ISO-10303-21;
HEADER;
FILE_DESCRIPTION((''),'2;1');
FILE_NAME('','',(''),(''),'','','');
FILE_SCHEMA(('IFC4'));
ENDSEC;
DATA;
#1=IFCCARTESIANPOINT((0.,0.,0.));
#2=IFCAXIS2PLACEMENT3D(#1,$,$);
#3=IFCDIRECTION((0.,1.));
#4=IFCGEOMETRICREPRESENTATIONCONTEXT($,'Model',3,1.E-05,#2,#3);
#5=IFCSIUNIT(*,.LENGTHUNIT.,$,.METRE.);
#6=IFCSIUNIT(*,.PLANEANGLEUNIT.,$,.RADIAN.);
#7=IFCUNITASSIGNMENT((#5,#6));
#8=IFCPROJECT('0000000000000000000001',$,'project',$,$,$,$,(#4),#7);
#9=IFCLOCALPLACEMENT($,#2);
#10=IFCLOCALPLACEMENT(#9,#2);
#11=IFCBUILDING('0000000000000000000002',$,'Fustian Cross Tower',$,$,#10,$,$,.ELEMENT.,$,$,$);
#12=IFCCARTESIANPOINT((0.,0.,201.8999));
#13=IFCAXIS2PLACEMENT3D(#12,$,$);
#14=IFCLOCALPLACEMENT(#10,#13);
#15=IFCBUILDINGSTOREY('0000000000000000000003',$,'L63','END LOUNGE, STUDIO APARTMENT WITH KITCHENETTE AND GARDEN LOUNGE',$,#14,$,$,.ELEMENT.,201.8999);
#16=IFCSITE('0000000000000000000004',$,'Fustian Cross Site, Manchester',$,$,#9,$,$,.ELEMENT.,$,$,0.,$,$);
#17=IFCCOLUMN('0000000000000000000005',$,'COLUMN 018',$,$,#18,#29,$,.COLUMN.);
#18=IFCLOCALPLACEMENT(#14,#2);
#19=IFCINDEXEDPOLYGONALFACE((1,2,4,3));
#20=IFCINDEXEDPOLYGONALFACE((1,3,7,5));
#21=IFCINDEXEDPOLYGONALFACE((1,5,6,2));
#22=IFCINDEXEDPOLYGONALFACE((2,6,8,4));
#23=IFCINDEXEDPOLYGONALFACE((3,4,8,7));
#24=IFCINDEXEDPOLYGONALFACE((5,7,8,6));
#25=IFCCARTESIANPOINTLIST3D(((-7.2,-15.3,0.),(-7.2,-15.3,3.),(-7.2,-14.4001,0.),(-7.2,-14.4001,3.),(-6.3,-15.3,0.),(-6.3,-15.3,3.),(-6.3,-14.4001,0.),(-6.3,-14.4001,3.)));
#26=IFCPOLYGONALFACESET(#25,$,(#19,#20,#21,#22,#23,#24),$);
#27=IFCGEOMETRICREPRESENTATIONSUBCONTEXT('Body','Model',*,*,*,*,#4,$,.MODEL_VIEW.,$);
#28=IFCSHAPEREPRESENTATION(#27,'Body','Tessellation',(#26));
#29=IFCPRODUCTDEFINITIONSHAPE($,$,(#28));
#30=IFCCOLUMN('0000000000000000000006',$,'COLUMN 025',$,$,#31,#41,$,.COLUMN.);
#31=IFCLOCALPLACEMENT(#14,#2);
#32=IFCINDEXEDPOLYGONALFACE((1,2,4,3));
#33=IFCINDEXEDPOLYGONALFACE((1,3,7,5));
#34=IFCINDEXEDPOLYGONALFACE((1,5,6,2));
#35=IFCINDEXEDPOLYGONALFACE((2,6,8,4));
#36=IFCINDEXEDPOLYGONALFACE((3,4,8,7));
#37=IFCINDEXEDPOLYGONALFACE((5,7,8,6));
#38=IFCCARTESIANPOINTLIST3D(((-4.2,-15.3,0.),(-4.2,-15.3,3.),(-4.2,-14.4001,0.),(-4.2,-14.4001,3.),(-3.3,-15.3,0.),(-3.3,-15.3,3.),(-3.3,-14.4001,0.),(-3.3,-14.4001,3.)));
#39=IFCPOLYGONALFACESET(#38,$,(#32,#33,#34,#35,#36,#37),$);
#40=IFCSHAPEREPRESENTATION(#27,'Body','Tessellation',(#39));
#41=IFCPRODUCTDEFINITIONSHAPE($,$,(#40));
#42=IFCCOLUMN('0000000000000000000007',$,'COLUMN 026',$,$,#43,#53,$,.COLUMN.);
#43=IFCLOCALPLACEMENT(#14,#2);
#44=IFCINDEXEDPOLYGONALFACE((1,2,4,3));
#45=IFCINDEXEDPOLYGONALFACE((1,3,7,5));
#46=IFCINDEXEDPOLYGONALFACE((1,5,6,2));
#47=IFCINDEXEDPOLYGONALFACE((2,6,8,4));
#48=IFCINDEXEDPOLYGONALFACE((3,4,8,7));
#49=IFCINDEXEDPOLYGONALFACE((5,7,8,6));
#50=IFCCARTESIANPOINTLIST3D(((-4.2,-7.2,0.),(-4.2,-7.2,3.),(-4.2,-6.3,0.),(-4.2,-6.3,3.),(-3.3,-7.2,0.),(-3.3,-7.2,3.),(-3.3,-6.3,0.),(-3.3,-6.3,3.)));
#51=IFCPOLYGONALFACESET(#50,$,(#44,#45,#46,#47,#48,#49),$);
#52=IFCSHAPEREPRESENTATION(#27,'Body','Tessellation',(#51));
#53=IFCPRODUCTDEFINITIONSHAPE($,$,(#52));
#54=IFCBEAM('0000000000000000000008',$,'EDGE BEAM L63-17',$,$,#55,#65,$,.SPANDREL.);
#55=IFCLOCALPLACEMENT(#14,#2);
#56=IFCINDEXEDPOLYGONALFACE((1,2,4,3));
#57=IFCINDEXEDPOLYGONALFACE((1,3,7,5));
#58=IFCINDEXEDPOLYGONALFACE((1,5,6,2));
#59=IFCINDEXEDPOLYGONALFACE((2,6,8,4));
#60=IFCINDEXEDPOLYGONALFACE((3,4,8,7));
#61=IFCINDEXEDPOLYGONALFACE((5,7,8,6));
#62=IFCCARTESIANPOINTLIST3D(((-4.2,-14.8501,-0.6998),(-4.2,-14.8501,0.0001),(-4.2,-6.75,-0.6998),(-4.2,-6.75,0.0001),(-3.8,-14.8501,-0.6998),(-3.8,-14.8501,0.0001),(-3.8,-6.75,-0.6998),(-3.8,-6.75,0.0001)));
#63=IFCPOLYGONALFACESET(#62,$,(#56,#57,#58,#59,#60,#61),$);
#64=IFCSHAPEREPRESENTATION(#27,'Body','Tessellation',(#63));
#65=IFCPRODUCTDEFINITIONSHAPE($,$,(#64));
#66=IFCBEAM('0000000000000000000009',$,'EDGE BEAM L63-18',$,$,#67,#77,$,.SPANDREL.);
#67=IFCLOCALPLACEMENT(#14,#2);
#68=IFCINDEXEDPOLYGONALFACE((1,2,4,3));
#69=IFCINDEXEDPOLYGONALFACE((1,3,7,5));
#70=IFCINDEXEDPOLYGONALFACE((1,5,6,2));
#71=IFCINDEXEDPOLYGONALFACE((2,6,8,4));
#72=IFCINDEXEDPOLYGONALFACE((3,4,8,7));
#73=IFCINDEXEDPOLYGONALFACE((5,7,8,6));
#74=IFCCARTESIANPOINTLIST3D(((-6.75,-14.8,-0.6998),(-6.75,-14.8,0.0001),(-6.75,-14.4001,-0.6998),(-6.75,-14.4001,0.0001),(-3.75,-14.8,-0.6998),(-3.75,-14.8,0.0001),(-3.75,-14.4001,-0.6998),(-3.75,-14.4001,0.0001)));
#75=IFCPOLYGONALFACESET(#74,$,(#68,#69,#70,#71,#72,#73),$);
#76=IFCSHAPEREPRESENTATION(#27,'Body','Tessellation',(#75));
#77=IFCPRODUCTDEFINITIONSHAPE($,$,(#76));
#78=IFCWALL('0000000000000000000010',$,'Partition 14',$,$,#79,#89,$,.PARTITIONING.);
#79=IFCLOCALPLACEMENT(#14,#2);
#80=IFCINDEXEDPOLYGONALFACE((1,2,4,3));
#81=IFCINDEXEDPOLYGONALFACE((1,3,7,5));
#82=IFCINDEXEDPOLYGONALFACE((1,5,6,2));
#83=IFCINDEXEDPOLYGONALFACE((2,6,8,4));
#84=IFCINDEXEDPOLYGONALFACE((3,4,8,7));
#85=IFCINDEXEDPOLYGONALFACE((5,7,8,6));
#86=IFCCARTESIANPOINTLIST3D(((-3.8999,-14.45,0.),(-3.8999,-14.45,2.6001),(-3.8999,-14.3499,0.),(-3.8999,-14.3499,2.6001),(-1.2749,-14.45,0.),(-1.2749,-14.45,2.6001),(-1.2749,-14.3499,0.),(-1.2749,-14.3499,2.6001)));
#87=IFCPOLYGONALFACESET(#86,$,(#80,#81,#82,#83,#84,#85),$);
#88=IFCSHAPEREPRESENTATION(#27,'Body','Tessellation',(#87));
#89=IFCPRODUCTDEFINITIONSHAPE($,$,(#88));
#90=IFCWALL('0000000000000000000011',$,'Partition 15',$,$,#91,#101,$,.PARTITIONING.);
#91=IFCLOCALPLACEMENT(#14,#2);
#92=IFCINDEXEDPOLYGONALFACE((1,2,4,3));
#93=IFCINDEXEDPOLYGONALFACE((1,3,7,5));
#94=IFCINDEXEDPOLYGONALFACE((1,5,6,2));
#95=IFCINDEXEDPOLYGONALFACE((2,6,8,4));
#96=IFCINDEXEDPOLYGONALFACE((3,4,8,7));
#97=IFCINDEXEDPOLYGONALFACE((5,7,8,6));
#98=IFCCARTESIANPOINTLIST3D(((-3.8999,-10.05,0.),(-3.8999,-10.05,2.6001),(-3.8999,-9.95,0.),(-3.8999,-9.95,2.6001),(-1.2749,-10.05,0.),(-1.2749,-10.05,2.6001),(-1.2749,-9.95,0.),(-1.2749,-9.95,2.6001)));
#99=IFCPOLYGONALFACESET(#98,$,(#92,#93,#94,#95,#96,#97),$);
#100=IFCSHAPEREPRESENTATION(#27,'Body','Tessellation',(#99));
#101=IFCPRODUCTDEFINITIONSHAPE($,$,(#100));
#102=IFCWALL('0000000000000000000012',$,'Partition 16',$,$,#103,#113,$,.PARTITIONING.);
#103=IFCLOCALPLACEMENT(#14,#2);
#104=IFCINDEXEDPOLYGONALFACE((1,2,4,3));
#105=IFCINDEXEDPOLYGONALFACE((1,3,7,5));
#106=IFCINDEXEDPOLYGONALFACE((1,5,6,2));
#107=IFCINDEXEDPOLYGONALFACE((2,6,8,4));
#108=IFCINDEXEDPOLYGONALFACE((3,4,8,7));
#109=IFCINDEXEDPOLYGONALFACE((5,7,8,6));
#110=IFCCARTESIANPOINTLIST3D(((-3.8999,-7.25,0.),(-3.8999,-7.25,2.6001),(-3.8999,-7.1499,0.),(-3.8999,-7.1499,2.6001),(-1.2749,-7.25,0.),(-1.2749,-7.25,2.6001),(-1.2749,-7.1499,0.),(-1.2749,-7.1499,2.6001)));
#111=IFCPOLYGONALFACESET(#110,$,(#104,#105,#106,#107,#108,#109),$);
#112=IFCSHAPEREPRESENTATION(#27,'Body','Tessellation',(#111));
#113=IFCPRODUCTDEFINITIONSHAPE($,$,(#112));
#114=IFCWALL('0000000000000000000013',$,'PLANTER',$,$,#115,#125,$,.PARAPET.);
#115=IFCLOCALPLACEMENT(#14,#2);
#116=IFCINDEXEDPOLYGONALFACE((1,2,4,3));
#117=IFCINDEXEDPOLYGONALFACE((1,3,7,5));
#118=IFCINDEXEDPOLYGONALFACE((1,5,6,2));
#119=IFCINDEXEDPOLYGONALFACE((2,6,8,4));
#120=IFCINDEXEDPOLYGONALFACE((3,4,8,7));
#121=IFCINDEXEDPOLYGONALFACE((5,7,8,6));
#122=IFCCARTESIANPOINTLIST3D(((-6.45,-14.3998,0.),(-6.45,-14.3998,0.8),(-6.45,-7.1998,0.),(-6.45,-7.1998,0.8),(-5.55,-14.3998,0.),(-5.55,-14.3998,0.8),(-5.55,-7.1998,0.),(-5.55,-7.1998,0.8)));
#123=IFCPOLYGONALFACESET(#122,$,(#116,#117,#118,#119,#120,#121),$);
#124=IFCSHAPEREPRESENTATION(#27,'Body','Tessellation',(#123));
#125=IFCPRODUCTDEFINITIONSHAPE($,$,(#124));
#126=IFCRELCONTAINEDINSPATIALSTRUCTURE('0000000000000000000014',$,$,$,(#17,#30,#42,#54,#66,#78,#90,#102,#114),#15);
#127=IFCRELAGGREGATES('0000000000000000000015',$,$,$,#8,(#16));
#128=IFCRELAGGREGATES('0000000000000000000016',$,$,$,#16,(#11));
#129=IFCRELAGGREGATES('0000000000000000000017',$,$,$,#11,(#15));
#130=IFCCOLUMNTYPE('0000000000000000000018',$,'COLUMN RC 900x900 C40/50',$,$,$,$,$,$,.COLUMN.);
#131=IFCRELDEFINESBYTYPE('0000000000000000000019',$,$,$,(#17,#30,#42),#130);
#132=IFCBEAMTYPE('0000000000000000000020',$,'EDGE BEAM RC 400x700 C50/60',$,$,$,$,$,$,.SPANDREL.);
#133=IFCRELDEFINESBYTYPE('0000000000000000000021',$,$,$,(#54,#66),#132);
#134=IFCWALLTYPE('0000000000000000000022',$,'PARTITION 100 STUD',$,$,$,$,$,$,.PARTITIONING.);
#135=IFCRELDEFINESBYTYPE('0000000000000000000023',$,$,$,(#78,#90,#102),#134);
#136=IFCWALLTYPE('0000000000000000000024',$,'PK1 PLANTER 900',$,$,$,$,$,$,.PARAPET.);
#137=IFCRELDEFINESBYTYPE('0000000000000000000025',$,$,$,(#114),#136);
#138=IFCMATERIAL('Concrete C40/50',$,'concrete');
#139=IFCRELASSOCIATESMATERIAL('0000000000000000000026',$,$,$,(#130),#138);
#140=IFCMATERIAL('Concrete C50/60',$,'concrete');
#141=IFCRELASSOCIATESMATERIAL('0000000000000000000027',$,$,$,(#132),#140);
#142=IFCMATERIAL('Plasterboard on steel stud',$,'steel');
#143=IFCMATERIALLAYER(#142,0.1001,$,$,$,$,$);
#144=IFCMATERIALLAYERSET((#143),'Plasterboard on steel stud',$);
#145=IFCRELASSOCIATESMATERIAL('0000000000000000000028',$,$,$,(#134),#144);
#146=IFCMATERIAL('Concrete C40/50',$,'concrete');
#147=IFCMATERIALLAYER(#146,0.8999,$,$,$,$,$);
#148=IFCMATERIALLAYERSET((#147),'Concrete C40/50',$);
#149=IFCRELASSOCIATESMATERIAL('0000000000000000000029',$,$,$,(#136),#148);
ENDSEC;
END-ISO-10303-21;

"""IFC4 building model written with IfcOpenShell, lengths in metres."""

from ifc_helpers import new_model, si_unit, direction, frame, frame_2d, origin, origin_2d, place, context, subcontext, project, spatial, rectangle, extrude, material, layer, layer_set, material_profile, profile_set, type_object, element, save


model = new_model("IFC4")

# Units and contexts
model_context = context("Model", 3, precision=1e-05, world=origin(), true_north=direction((0.0, 1.0)))
body_context = subcontext(model_context, "Body", "Model", "MODEL_VIEW")
ifc_project = project(units=[si_unit("LENGTHUNIT", "METRE"), si_unit("PLANEANGLEUNIT", "RADIAN")], contexts=[model_context])

# Site, building, storey
site_placement = place(None, origin())
site = spatial("IfcSite", under=ifc_project, at=site_placement, Name="Fustian Cross Site, Manchester", CompositionType="ELEMENT", RefElevation=0.0)
building_placement = place(site_placement, origin())
building = spatial("IfcBuilding", under=site, at=building_placement, Name="Fustian Cross Tower", CompositionType="ELEMENT")
storey_placement = place(building_placement, frame((0.0, 0.0, 201.8999)))
storey = spatial("IfcBuildingStorey", under=building, at=storey_placement, Name="L63", Description="END LOUNGE, STUDIO APARTMENT WITH KITCHENETTE AND GARDEN LOUNGE", CompositionType="ELEMENT", Elevation=201.8999)

# Columns
ifc_material_1 = material(Name="Concrete C40/50", Category="concrete")
ifc_material_profile_1 = material_profile(ifc_material_1, rectangle(XDim=0.8999, YDim=0.8999, at=origin_2d()), Name="RC 900x900")
ifc_profile_set_1 = profile_set([ifc_material_profile_1], Name="Concrete C40/50")
column_type = type_object("IfcColumnType", Name="COLUMN RC 900x900 C40/50", PredefinedType="COLUMN", material=ifc_profile_set_1)
for number, where, z_axis, x_axis, name in (
    (1, (-6.75, -14.8501, 0.0), (0.0, 0.0, 1.0), (1.0, 0.0, 0.0), "COLUMN 018"),
    (2, (-3.75, -14.8501, 0.0), (0.0, 0.0, 1.0), (1.0, 0.0, 0.0), "COLUMN 025"),
    (3, (-3.75, -6.75, 0.0), (0.0, 0.0, 1.0), (1.0, 0.0, 0.0), "COLUMN 026"),
):
    element("IfcColumn", number, at=place(storey_placement, frame(where, z_axis=z_axis, x_axis=x_axis)), inside=storey, type_object=column_type, Name=name, PredefinedType="COLUMN", context=body_context, shape_type="SweptSolid", body=[
        extrude(rectangle(XDim=0.8999, YDim=0.8999, at=origin_2d()), origin(), (0.0, 0.0, 1.0), 3.0),
    ])

# Beams
ifc_material_2 = material(Name="Concrete C50/60", Category="concrete")
ifc_material_profile_2 = material_profile(ifc_material_2, rectangle(XDim=0.3999, YDim=0.7, at=origin_2d()), Name="RC 400x700")
ifc_profile_set_2 = profile_set([ifc_material_profile_2], Name="Concrete C50/60")
beam_type = type_object("IfcBeamType", Name="EDGE BEAM RC 400x700 C50/60", PredefinedType="SPANDREL", material=ifc_profile_set_2)
beam_1_placement = place(storey_placement, frame((-4.0, -6.75, -0.3499), z_axis=(0.0, -1.0, 0.0), x_axis=(1.0, 0.0, 0.0)))
element("IfcBeam", 4, at=beam_1_placement, inside=storey, type_object=beam_type, Name="EDGE BEAM L63-17", PredefinedType="SPANDREL", context=body_context, shape_type="SweptSolid", body=[
    extrude(rectangle(XDim=0.3999, YDim=0.7, at=origin_2d()), origin(), (0.0, 0.0, 1.0), 8.1001),
])
beam_2_placement = place(storey_placement, frame((-3.75, -14.6001, -0.3499), z_axis=(-1.0, 0.0, 0.0), x_axis=(0.0, -1.0, 0.0)))
element("IfcBeam", 5, at=beam_2_placement, inside=storey, type_object=beam_type, Name="EDGE BEAM L63-18", PredefinedType="SPANDREL", context=body_context, shape_type="SweptSolid", body=[
    extrude(rectangle(XDim=0.3999, YDim=0.7, at=origin_2d()), origin(), (0.0, 0.0, 1.0), 3.0),
])

# Walls
ifc_material_3 = material(Name="Plasterboard on steel stud", Category="steel")
ifc_layer_1 = layer(ifc_material_3, 0.1001)
ifc_layer_set_1 = layer_set([ifc_layer_1], Name="Plasterboard on steel stud")
wall_type_1 = type_object("IfcWallType", Name="PARTITION 100 STUD", PredefinedType="PARTITIONING", material=ifc_layer_set_1)
for number, where, z_axis, x_axis, name in (
    (6, (-3.8999, -14.3999, 0.0), (0.0, 0.0, 1.0), (1.0, 0.0, 0.0), "Partition 14"),
    (7, (-3.8999, -10.0, 0.0), (0.0, 0.0, 1.0), (1.0, 0.0, 0.0), "Partition 15"),
    (8, (-3.8999, -7.2, 0.0), (0.0, 0.0, 1.0), (1.0, 0.0, 0.0), "Partition 16"),
):
    element("IfcWall", number, at=place(storey_placement, frame(where, z_axis=z_axis, x_axis=x_axis)), inside=storey, type_object=wall_type_1, Name=name, PredefinedType="PARTITIONING", context=body_context, shape_type="SweptSolid", body=[
        extrude(rectangle(XDim=2.625, YDim=0.1001, at=frame_2d((1.3125, 0.0))), origin(), (0.0, 0.0, 1.0), 2.6001),
    ])
ifc_material_4 = material(Name="Concrete C40/50", Category="concrete")
ifc_layer_2 = layer(ifc_material_4, 0.8999)
ifc_layer_set_2 = layer_set([ifc_layer_2], Name="Concrete C40/50")
wall_type_2 = type_object("IfcWallType", Name="PK1 PLANTER 900", PredefinedType="PARAPET", material=ifc_layer_set_2)
wall_1_placement = place(storey_placement, frame((-6.0, -14.3999, 0.0), z_axis=(0.0, 0.0, 1.0), x_axis=(0.0, 1.0, 0.0)))
element("IfcWall", 9, at=wall_1_placement, inside=storey, type_object=wall_type_2, Name="PLANTER", PredefinedType="PARAPET", context=body_context, shape_type="SweptSolid", body=[
    extrude(rectangle(XDim=7.2, YDim=0.8999, at=frame_2d((3.6001, 0.0))), origin(), (0.0, 0.0, 1.0), 0.8),
])

save(model, "model.ifc")
